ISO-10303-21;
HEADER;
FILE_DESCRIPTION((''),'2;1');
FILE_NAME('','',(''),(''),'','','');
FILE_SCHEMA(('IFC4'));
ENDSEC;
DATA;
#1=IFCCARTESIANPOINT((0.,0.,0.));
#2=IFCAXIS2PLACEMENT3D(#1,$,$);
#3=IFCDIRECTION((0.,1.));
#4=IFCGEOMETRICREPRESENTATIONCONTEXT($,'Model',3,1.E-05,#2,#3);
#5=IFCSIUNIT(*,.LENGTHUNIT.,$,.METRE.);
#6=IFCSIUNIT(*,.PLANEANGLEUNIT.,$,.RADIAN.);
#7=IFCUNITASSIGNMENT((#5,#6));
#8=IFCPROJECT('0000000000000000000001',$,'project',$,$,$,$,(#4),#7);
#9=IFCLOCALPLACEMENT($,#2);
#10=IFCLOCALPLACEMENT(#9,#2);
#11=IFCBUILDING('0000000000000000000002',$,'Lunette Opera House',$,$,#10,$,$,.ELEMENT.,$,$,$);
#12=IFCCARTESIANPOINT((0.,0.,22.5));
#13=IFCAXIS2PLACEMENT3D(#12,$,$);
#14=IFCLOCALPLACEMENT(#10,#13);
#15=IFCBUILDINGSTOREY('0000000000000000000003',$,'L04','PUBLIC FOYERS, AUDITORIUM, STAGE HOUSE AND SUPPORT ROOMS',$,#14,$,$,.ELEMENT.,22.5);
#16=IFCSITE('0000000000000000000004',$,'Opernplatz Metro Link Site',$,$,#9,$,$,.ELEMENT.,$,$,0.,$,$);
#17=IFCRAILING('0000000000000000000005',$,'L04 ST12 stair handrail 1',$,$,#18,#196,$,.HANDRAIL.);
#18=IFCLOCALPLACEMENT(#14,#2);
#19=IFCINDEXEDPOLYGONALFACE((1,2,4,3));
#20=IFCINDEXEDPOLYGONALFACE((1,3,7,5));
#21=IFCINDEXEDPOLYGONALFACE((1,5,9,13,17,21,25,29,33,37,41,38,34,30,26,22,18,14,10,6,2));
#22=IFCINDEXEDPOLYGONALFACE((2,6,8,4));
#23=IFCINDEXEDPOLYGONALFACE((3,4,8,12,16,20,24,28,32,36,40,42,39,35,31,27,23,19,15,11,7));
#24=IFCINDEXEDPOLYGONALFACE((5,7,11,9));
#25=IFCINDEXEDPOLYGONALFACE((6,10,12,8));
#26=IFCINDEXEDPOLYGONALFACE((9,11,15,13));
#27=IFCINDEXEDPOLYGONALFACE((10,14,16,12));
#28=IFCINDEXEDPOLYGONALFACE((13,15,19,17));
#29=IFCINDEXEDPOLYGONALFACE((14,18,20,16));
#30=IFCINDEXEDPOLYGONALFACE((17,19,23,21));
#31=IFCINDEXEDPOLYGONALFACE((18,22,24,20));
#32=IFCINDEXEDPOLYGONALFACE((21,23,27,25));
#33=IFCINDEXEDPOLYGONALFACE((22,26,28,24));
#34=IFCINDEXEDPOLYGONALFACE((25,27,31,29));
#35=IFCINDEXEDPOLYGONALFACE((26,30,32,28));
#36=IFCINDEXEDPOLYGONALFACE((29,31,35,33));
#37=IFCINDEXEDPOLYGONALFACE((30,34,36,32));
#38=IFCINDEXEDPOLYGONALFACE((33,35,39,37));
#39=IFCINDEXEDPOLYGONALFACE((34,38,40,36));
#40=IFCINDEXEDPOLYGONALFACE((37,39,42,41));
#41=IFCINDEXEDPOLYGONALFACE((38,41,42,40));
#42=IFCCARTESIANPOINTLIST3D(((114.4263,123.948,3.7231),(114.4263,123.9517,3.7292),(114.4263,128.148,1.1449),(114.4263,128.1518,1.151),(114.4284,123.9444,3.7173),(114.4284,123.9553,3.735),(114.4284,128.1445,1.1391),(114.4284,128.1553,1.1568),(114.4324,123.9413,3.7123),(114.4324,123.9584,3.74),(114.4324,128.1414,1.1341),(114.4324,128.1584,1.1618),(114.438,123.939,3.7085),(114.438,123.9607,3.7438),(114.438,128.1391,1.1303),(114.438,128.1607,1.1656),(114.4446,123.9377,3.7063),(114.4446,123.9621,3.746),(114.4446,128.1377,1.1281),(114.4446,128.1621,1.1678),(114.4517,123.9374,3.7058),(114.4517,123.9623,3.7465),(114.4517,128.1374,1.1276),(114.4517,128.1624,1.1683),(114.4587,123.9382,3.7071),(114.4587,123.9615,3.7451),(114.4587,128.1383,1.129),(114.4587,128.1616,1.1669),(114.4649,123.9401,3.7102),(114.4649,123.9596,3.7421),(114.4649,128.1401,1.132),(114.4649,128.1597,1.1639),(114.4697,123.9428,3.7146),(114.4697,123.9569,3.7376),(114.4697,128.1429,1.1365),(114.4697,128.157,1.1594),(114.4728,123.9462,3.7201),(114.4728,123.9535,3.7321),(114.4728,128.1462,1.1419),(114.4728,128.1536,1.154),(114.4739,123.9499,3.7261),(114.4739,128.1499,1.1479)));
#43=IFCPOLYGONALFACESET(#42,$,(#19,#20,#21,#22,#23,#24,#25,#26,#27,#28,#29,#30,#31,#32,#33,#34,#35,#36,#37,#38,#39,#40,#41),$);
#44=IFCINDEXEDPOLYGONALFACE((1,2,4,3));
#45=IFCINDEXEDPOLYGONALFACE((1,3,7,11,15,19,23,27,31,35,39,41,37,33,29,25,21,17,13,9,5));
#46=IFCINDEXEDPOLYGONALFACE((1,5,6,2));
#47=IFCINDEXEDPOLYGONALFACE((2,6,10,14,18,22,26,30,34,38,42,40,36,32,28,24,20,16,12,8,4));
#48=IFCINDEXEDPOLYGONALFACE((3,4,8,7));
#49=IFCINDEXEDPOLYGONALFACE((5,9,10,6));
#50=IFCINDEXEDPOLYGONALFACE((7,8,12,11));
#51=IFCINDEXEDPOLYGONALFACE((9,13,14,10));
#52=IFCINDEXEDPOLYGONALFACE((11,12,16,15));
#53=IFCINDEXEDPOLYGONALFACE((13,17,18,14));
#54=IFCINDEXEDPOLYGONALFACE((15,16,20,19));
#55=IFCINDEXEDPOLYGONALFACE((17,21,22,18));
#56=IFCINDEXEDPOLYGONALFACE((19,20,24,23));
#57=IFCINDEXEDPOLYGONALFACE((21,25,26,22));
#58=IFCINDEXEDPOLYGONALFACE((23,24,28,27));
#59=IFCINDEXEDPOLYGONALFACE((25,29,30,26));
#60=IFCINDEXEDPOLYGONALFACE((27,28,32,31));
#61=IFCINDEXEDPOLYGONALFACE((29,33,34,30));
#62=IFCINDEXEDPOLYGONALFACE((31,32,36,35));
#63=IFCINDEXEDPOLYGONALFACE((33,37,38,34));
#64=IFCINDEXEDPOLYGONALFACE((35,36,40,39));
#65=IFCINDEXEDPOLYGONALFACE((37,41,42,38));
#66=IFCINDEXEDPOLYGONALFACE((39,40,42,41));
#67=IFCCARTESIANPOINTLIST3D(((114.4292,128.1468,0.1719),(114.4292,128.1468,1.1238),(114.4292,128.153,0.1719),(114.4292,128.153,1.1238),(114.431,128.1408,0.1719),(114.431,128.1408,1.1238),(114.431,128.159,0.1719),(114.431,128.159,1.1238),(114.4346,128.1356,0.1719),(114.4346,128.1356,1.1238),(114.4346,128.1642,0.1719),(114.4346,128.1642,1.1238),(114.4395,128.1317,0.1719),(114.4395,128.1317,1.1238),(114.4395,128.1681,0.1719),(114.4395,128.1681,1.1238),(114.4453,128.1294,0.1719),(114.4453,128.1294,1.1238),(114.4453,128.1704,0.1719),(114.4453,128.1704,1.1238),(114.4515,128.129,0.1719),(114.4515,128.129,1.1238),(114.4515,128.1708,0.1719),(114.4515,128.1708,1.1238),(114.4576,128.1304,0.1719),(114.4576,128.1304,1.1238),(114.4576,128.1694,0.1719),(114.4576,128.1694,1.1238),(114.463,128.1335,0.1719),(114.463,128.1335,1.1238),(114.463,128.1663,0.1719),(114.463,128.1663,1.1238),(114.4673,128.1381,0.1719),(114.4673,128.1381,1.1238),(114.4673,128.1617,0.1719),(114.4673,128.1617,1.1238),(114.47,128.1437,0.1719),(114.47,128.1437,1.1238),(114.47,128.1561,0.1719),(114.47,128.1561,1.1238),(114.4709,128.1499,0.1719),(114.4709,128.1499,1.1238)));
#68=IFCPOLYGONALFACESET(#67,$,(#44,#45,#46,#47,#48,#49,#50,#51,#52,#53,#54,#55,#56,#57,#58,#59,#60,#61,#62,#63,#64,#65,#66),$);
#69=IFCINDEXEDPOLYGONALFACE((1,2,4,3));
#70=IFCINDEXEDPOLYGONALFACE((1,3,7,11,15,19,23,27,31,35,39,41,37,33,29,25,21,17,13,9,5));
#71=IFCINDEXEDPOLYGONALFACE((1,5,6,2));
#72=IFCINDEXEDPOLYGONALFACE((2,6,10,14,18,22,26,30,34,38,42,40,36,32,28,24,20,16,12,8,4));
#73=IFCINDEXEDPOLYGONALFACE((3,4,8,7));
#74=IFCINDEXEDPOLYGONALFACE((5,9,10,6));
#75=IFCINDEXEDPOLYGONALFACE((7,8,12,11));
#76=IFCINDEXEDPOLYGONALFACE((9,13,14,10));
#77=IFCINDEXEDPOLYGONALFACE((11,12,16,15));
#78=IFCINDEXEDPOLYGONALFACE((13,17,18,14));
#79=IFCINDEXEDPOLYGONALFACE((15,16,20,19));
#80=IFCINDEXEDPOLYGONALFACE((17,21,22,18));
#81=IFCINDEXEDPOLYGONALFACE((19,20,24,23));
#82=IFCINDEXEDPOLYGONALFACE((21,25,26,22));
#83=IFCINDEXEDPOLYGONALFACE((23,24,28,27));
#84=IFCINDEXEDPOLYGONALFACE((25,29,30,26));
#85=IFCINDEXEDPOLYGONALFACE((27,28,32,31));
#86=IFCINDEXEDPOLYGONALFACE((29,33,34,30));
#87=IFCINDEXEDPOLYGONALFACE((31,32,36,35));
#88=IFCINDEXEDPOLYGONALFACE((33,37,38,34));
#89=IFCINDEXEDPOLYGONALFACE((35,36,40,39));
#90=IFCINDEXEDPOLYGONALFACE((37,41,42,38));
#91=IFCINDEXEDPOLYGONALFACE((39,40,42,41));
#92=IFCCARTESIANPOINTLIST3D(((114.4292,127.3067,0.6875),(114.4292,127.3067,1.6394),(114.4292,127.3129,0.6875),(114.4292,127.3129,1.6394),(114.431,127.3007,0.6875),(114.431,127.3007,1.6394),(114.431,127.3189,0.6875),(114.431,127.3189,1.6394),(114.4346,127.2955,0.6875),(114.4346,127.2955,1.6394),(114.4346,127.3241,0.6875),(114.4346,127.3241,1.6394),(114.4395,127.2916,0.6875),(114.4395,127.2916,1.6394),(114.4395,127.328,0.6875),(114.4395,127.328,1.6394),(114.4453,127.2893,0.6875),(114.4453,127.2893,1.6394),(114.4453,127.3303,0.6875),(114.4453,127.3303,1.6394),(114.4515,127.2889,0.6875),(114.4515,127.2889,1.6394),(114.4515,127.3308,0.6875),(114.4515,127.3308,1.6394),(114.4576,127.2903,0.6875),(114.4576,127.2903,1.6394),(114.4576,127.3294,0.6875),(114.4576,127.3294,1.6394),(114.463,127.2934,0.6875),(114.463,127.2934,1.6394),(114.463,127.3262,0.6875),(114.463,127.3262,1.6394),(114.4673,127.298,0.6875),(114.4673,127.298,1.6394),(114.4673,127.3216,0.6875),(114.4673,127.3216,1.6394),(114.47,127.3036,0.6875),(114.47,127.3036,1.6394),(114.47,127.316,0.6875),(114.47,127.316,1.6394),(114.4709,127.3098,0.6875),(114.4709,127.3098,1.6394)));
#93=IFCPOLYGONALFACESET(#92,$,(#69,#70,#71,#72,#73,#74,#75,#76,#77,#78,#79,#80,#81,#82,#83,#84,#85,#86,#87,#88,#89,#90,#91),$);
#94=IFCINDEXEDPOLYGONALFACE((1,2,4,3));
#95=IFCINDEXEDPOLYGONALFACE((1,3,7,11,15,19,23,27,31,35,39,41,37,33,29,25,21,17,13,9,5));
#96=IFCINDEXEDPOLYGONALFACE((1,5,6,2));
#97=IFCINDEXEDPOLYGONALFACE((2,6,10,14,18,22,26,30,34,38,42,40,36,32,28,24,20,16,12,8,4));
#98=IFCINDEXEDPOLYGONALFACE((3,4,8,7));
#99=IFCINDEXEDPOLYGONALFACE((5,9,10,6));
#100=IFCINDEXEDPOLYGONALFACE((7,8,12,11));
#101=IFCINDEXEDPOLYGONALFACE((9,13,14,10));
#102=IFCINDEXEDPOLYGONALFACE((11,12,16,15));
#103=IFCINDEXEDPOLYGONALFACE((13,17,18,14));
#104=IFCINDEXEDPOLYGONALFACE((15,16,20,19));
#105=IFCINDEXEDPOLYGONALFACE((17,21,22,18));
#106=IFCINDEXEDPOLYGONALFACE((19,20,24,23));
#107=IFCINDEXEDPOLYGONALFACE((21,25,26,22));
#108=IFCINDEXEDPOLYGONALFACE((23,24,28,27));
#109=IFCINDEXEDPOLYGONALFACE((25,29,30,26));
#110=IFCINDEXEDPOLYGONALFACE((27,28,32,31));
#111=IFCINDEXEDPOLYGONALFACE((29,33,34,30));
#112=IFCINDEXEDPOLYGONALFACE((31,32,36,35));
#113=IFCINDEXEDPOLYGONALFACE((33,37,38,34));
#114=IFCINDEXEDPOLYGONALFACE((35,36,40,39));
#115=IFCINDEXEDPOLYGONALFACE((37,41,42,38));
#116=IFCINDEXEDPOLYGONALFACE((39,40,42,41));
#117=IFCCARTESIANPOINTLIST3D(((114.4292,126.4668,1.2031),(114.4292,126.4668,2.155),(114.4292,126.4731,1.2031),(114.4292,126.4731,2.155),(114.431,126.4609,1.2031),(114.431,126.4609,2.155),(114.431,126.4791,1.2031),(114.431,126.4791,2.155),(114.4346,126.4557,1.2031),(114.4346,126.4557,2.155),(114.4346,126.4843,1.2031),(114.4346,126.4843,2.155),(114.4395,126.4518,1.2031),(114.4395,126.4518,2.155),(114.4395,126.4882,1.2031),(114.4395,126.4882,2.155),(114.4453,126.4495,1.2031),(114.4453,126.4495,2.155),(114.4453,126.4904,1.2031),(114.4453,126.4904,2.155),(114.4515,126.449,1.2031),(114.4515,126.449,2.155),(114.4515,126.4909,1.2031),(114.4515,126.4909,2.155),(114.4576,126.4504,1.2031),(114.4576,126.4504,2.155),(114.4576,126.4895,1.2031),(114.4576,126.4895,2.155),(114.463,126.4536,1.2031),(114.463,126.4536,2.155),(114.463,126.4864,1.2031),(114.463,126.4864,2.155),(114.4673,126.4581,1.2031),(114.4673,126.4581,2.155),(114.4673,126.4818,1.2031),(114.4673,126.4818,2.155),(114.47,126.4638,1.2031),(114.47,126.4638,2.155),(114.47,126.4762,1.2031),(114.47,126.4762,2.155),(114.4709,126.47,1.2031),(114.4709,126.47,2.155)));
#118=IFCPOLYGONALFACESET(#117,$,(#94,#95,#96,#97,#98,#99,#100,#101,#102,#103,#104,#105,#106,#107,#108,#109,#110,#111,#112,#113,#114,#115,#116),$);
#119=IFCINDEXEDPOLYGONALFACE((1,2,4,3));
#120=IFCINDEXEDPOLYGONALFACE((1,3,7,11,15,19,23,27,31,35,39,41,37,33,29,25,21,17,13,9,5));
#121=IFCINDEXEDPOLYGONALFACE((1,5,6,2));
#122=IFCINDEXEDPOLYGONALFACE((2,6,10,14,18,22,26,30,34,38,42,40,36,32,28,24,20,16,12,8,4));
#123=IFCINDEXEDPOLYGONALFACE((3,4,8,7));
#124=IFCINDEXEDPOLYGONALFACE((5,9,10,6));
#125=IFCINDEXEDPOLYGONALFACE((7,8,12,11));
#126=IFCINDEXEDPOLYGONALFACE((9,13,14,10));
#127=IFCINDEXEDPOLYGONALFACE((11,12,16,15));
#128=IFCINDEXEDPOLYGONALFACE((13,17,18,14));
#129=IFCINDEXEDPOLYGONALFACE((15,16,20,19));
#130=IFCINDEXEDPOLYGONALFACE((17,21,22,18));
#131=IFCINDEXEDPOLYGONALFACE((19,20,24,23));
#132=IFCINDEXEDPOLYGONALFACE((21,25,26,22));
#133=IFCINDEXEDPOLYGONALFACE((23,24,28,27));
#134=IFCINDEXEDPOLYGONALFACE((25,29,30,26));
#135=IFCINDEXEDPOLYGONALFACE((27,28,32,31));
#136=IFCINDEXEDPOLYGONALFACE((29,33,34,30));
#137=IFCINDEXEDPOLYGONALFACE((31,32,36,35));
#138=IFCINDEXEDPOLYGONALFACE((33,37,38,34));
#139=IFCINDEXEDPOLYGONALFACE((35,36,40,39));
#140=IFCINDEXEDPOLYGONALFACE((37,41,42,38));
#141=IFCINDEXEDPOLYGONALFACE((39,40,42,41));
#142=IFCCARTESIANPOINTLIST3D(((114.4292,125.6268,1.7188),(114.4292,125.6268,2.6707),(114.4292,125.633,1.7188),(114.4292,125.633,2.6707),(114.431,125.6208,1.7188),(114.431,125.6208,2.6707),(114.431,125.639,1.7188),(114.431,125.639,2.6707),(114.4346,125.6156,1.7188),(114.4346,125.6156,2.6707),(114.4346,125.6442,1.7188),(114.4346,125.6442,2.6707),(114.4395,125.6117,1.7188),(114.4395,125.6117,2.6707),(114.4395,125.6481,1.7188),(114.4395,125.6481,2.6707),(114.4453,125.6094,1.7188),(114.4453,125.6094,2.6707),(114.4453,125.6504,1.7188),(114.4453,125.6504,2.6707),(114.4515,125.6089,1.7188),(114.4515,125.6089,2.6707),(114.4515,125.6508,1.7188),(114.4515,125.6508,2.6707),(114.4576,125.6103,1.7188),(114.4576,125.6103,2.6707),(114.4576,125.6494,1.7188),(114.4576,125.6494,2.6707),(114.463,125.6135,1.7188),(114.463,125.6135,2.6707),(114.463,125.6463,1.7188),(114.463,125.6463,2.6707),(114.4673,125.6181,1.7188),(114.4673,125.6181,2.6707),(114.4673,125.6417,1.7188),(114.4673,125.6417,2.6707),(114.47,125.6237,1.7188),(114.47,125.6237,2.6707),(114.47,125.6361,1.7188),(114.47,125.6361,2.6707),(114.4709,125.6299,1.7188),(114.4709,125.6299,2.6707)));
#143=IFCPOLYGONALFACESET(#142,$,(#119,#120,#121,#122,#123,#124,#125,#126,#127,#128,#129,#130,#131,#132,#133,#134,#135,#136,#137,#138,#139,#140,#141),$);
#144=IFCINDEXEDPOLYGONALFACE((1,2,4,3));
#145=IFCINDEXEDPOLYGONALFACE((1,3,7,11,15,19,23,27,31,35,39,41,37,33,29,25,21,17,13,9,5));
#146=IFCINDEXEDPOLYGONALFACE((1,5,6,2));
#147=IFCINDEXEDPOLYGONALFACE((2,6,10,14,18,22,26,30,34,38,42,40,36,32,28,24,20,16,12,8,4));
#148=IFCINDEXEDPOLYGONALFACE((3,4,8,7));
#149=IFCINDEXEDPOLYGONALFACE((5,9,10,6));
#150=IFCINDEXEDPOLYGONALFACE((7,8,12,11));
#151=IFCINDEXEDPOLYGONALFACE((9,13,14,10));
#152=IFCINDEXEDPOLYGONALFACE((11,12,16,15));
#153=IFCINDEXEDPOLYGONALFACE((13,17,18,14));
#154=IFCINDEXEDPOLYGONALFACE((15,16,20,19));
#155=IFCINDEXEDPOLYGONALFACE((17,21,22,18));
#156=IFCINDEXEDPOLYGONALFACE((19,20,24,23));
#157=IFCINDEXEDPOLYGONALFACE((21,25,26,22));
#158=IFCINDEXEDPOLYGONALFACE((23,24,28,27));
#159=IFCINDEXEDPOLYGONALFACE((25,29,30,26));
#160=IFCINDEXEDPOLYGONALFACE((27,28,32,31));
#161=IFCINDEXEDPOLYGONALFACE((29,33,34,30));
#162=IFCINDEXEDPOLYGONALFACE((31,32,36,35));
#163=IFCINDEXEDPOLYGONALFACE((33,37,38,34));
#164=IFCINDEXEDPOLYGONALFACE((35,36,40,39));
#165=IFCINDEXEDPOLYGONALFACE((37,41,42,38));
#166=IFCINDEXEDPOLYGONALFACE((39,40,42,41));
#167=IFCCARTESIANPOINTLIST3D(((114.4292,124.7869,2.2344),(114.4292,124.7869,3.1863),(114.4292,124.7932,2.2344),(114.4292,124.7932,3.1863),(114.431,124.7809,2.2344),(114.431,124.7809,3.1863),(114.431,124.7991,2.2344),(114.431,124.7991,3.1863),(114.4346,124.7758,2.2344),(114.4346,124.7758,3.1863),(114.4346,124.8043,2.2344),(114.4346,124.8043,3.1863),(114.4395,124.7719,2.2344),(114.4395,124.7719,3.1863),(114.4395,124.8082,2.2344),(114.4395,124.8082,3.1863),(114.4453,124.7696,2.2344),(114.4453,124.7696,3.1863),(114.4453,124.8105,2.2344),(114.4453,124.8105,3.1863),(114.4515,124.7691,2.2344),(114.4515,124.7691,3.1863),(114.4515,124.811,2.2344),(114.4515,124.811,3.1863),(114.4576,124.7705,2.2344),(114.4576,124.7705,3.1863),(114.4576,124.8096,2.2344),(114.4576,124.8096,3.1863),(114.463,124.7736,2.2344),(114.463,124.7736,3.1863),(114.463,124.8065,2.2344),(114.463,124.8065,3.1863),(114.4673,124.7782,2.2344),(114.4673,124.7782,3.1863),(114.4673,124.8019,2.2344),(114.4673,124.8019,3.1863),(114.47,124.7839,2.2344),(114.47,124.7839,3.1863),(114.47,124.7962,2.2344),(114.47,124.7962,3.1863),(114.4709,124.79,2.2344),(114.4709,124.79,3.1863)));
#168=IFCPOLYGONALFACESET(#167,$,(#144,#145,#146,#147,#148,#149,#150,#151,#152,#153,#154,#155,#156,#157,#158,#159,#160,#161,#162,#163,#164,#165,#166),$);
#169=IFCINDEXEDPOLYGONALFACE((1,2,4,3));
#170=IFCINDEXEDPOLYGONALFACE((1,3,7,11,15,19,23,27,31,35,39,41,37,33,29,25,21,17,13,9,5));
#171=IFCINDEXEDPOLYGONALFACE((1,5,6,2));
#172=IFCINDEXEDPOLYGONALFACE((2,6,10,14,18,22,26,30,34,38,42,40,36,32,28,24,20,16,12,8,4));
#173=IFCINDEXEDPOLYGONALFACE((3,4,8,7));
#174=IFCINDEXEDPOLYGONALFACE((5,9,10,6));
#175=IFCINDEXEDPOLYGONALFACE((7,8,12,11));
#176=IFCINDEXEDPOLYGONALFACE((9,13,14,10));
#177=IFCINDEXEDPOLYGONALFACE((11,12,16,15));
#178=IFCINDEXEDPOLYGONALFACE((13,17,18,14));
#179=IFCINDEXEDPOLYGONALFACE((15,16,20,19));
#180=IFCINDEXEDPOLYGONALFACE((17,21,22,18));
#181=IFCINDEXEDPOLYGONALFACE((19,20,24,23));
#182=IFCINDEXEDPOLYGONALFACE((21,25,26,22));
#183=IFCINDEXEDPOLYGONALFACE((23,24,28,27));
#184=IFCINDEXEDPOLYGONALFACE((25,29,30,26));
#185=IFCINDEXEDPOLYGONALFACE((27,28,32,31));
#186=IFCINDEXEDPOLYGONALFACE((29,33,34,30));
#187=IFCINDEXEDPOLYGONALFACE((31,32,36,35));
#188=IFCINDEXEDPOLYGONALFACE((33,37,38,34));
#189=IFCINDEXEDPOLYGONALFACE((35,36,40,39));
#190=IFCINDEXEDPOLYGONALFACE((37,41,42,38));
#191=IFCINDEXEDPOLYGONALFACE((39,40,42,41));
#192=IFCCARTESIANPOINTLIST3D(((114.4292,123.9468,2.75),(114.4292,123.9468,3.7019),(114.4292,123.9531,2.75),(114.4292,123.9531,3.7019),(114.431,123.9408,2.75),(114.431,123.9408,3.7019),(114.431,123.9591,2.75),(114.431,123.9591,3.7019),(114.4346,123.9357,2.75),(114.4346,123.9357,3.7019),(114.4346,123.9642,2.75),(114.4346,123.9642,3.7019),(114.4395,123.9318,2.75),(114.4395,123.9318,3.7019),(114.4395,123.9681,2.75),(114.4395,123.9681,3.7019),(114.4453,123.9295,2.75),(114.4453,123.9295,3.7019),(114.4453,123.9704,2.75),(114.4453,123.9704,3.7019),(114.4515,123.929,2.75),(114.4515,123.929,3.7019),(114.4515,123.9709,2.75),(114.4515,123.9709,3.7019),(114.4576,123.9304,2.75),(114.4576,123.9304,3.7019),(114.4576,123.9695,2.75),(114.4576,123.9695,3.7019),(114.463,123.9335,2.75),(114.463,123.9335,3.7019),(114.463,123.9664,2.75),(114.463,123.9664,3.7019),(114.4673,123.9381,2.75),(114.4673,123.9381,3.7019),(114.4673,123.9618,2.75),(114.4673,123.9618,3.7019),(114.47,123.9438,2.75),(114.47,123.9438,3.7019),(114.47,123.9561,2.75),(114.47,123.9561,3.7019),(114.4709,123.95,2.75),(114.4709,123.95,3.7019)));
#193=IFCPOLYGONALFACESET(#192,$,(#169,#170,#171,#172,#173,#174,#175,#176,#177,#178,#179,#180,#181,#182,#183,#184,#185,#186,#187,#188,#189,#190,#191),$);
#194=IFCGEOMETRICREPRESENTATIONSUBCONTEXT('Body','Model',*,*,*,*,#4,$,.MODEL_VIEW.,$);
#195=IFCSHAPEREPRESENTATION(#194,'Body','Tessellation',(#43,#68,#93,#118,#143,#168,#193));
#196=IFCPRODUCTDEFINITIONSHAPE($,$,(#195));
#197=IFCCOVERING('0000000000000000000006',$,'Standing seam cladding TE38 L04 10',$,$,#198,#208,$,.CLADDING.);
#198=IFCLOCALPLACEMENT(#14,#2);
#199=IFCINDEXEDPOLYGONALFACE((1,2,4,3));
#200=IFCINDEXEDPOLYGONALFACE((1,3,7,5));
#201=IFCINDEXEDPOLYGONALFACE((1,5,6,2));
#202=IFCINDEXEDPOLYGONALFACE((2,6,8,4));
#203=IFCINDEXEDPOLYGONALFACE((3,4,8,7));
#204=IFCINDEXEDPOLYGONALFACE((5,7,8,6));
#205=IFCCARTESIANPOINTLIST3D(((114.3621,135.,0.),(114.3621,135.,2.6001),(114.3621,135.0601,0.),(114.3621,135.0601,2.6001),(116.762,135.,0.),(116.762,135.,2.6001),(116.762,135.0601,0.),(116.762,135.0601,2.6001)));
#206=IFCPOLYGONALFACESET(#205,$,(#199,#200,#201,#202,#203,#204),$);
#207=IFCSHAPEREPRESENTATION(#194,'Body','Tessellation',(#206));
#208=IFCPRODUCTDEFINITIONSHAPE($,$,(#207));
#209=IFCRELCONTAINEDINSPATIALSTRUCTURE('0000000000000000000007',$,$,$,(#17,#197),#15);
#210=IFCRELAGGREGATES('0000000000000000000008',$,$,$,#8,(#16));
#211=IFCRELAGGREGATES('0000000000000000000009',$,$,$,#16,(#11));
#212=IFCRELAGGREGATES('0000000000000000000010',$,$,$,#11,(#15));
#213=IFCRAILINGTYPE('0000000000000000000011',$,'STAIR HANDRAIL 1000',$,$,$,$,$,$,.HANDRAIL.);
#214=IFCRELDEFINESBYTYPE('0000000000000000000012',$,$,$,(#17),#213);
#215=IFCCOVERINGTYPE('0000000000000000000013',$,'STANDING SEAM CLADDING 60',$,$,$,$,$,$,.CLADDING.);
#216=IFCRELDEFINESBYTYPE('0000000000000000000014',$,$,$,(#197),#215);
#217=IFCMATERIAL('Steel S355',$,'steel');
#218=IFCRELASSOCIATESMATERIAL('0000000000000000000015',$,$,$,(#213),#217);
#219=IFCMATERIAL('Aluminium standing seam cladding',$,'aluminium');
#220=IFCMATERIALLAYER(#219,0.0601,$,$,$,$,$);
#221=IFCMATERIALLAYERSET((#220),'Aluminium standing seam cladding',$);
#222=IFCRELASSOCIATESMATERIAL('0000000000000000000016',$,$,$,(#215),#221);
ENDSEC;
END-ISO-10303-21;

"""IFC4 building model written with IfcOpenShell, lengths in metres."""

from ifc_helpers import new_model, si_unit, direction, frame, origin, origin_2d, place, context, subcontext, project, spatial, rectangle, circle, extrude, material, layer, layer_set, type_object, element, save


model = new_model("IFC4")

# Units and contexts
model_context = context("Model", 3, precision=1e-05, world=origin(), true_north=direction((0.0, 1.0)))
body_context = subcontext(model_context, "Body", "Model", "MODEL_VIEW")
ifc_project = project(units=[si_unit("LENGTHUNIT", "METRE"), si_unit("PLANEANGLEUNIT", "RADIAN")], contexts=[model_context])

# Site, building, storey
site_placement = place(None, origin())
site = spatial("IfcSite", under=ifc_project, at=site_placement, Name="Opernplatz Metro Link Site", CompositionType="ELEMENT", RefElevation=0.0)
building_placement = place(site_placement, origin())
building = spatial("IfcBuilding", under=site, at=building_placement, Name="Lunette Opera House", CompositionType="ELEMENT")
storey_placement = place(building_placement, frame((0.0, 0.0, 22.5)))
storey = spatial("IfcBuildingStorey", under=building, at=storey_placement, Name="L04", Description="PUBLIC FOYERS, AUDITORIUM, STAGE HOUSE AND SUPPORT ROOMS", CompositionType="ELEMENT", Elevation=22.5)

# Railing
ifc_material_1 = material(Name="Steel S355", Category="steel")
railing_type_1 = type_object("IfcRailingType", Name="STAIR HANDRAIL 1000", PredefinedType="HANDRAIL", material=ifc_material_1)
railing_1_placement = place(storey_placement, frame((114.45, 128.1499, 0.1719)))
element("IfcRailing", 1, at=railing_1_placement, inside=storey, type_object=railing_type_1, Name="L04 ST12 stair handrail 1", PredefinedType="HANDRAIL", context=body_context, shape_type="SweptSolid", body=[
    extrude(circle(Radius=0.0239, at=origin_2d()), frame((0.0, 0.0, 0.9761), z_axis=(0.0, -0.852243, 0.523146), x_axis=(1.0, 0.0, 0.0)), (0.0, 0.0, 1.0), 4.9282),
    extrude(circle(Radius=0.021, at=origin_2d()), origin(), (0.0, 0.0, 1.0), 0.9519),
    extrude(circle(Radius=0.021, at=origin_2d()), frame((0.0, -0.8401, 0.5156)), (0.0, 0.0, 1.0), 0.9519),
    extrude(circle(Radius=0.021, at=origin_2d()), frame((0.0, -1.6799, 1.0312)), (0.0, 0.0, 1.0), 0.9519),
    extrude(circle(Radius=0.021, at=origin_2d()), frame((0.0, -2.52, 1.5469)), (0.0, 0.0, 1.0), 0.9519),
    extrude(circle(Radius=0.021, at=origin_2d()), frame((0.0, -3.3599, 2.0625)), (0.0, 0.0, 1.0), 0.9519),
    extrude(circle(Radius=0.021, at=origin_2d()), frame((0.0, -4.2, 2.5781)), (0.0, 0.0, 1.0), 0.9519),
])

# Covering
ifc_material_2 = material(Name="Aluminium standing seam cladding", Category="aluminium")
ifc_layer_1 = layer(ifc_material_2, 0.0601)
ifc_layer_set_1 = layer_set([ifc_layer_1], Name="Aluminium standing seam cladding")
covering_type_1 = type_object("IfcCoveringType", Name="STANDING SEAM CLADDING 60", PredefinedType="CLADDING", material=ifc_layer_set_1)
covering_1_placement = place(storey_placement, frame((115.562, 135.03, 0.0), z_axis=(0.0, 0.0, 1.0), x_axis=(-1.0, 0.0, 0.0)))
element("IfcCovering", 2, at=covering_1_placement, inside=storey, type_object=covering_type_1, Name="Standing seam cladding TE38 L04 10", PredefinedType="CLADDING", context=body_context, shape_type="SweptSolid", body=[
    extrude(rectangle(XDim=2.3999, YDim=0.0601, at=origin_2d()), origin(), (0.0, 0.0, 1.0), 2.6001),
])

save(model, "model.ifc")
